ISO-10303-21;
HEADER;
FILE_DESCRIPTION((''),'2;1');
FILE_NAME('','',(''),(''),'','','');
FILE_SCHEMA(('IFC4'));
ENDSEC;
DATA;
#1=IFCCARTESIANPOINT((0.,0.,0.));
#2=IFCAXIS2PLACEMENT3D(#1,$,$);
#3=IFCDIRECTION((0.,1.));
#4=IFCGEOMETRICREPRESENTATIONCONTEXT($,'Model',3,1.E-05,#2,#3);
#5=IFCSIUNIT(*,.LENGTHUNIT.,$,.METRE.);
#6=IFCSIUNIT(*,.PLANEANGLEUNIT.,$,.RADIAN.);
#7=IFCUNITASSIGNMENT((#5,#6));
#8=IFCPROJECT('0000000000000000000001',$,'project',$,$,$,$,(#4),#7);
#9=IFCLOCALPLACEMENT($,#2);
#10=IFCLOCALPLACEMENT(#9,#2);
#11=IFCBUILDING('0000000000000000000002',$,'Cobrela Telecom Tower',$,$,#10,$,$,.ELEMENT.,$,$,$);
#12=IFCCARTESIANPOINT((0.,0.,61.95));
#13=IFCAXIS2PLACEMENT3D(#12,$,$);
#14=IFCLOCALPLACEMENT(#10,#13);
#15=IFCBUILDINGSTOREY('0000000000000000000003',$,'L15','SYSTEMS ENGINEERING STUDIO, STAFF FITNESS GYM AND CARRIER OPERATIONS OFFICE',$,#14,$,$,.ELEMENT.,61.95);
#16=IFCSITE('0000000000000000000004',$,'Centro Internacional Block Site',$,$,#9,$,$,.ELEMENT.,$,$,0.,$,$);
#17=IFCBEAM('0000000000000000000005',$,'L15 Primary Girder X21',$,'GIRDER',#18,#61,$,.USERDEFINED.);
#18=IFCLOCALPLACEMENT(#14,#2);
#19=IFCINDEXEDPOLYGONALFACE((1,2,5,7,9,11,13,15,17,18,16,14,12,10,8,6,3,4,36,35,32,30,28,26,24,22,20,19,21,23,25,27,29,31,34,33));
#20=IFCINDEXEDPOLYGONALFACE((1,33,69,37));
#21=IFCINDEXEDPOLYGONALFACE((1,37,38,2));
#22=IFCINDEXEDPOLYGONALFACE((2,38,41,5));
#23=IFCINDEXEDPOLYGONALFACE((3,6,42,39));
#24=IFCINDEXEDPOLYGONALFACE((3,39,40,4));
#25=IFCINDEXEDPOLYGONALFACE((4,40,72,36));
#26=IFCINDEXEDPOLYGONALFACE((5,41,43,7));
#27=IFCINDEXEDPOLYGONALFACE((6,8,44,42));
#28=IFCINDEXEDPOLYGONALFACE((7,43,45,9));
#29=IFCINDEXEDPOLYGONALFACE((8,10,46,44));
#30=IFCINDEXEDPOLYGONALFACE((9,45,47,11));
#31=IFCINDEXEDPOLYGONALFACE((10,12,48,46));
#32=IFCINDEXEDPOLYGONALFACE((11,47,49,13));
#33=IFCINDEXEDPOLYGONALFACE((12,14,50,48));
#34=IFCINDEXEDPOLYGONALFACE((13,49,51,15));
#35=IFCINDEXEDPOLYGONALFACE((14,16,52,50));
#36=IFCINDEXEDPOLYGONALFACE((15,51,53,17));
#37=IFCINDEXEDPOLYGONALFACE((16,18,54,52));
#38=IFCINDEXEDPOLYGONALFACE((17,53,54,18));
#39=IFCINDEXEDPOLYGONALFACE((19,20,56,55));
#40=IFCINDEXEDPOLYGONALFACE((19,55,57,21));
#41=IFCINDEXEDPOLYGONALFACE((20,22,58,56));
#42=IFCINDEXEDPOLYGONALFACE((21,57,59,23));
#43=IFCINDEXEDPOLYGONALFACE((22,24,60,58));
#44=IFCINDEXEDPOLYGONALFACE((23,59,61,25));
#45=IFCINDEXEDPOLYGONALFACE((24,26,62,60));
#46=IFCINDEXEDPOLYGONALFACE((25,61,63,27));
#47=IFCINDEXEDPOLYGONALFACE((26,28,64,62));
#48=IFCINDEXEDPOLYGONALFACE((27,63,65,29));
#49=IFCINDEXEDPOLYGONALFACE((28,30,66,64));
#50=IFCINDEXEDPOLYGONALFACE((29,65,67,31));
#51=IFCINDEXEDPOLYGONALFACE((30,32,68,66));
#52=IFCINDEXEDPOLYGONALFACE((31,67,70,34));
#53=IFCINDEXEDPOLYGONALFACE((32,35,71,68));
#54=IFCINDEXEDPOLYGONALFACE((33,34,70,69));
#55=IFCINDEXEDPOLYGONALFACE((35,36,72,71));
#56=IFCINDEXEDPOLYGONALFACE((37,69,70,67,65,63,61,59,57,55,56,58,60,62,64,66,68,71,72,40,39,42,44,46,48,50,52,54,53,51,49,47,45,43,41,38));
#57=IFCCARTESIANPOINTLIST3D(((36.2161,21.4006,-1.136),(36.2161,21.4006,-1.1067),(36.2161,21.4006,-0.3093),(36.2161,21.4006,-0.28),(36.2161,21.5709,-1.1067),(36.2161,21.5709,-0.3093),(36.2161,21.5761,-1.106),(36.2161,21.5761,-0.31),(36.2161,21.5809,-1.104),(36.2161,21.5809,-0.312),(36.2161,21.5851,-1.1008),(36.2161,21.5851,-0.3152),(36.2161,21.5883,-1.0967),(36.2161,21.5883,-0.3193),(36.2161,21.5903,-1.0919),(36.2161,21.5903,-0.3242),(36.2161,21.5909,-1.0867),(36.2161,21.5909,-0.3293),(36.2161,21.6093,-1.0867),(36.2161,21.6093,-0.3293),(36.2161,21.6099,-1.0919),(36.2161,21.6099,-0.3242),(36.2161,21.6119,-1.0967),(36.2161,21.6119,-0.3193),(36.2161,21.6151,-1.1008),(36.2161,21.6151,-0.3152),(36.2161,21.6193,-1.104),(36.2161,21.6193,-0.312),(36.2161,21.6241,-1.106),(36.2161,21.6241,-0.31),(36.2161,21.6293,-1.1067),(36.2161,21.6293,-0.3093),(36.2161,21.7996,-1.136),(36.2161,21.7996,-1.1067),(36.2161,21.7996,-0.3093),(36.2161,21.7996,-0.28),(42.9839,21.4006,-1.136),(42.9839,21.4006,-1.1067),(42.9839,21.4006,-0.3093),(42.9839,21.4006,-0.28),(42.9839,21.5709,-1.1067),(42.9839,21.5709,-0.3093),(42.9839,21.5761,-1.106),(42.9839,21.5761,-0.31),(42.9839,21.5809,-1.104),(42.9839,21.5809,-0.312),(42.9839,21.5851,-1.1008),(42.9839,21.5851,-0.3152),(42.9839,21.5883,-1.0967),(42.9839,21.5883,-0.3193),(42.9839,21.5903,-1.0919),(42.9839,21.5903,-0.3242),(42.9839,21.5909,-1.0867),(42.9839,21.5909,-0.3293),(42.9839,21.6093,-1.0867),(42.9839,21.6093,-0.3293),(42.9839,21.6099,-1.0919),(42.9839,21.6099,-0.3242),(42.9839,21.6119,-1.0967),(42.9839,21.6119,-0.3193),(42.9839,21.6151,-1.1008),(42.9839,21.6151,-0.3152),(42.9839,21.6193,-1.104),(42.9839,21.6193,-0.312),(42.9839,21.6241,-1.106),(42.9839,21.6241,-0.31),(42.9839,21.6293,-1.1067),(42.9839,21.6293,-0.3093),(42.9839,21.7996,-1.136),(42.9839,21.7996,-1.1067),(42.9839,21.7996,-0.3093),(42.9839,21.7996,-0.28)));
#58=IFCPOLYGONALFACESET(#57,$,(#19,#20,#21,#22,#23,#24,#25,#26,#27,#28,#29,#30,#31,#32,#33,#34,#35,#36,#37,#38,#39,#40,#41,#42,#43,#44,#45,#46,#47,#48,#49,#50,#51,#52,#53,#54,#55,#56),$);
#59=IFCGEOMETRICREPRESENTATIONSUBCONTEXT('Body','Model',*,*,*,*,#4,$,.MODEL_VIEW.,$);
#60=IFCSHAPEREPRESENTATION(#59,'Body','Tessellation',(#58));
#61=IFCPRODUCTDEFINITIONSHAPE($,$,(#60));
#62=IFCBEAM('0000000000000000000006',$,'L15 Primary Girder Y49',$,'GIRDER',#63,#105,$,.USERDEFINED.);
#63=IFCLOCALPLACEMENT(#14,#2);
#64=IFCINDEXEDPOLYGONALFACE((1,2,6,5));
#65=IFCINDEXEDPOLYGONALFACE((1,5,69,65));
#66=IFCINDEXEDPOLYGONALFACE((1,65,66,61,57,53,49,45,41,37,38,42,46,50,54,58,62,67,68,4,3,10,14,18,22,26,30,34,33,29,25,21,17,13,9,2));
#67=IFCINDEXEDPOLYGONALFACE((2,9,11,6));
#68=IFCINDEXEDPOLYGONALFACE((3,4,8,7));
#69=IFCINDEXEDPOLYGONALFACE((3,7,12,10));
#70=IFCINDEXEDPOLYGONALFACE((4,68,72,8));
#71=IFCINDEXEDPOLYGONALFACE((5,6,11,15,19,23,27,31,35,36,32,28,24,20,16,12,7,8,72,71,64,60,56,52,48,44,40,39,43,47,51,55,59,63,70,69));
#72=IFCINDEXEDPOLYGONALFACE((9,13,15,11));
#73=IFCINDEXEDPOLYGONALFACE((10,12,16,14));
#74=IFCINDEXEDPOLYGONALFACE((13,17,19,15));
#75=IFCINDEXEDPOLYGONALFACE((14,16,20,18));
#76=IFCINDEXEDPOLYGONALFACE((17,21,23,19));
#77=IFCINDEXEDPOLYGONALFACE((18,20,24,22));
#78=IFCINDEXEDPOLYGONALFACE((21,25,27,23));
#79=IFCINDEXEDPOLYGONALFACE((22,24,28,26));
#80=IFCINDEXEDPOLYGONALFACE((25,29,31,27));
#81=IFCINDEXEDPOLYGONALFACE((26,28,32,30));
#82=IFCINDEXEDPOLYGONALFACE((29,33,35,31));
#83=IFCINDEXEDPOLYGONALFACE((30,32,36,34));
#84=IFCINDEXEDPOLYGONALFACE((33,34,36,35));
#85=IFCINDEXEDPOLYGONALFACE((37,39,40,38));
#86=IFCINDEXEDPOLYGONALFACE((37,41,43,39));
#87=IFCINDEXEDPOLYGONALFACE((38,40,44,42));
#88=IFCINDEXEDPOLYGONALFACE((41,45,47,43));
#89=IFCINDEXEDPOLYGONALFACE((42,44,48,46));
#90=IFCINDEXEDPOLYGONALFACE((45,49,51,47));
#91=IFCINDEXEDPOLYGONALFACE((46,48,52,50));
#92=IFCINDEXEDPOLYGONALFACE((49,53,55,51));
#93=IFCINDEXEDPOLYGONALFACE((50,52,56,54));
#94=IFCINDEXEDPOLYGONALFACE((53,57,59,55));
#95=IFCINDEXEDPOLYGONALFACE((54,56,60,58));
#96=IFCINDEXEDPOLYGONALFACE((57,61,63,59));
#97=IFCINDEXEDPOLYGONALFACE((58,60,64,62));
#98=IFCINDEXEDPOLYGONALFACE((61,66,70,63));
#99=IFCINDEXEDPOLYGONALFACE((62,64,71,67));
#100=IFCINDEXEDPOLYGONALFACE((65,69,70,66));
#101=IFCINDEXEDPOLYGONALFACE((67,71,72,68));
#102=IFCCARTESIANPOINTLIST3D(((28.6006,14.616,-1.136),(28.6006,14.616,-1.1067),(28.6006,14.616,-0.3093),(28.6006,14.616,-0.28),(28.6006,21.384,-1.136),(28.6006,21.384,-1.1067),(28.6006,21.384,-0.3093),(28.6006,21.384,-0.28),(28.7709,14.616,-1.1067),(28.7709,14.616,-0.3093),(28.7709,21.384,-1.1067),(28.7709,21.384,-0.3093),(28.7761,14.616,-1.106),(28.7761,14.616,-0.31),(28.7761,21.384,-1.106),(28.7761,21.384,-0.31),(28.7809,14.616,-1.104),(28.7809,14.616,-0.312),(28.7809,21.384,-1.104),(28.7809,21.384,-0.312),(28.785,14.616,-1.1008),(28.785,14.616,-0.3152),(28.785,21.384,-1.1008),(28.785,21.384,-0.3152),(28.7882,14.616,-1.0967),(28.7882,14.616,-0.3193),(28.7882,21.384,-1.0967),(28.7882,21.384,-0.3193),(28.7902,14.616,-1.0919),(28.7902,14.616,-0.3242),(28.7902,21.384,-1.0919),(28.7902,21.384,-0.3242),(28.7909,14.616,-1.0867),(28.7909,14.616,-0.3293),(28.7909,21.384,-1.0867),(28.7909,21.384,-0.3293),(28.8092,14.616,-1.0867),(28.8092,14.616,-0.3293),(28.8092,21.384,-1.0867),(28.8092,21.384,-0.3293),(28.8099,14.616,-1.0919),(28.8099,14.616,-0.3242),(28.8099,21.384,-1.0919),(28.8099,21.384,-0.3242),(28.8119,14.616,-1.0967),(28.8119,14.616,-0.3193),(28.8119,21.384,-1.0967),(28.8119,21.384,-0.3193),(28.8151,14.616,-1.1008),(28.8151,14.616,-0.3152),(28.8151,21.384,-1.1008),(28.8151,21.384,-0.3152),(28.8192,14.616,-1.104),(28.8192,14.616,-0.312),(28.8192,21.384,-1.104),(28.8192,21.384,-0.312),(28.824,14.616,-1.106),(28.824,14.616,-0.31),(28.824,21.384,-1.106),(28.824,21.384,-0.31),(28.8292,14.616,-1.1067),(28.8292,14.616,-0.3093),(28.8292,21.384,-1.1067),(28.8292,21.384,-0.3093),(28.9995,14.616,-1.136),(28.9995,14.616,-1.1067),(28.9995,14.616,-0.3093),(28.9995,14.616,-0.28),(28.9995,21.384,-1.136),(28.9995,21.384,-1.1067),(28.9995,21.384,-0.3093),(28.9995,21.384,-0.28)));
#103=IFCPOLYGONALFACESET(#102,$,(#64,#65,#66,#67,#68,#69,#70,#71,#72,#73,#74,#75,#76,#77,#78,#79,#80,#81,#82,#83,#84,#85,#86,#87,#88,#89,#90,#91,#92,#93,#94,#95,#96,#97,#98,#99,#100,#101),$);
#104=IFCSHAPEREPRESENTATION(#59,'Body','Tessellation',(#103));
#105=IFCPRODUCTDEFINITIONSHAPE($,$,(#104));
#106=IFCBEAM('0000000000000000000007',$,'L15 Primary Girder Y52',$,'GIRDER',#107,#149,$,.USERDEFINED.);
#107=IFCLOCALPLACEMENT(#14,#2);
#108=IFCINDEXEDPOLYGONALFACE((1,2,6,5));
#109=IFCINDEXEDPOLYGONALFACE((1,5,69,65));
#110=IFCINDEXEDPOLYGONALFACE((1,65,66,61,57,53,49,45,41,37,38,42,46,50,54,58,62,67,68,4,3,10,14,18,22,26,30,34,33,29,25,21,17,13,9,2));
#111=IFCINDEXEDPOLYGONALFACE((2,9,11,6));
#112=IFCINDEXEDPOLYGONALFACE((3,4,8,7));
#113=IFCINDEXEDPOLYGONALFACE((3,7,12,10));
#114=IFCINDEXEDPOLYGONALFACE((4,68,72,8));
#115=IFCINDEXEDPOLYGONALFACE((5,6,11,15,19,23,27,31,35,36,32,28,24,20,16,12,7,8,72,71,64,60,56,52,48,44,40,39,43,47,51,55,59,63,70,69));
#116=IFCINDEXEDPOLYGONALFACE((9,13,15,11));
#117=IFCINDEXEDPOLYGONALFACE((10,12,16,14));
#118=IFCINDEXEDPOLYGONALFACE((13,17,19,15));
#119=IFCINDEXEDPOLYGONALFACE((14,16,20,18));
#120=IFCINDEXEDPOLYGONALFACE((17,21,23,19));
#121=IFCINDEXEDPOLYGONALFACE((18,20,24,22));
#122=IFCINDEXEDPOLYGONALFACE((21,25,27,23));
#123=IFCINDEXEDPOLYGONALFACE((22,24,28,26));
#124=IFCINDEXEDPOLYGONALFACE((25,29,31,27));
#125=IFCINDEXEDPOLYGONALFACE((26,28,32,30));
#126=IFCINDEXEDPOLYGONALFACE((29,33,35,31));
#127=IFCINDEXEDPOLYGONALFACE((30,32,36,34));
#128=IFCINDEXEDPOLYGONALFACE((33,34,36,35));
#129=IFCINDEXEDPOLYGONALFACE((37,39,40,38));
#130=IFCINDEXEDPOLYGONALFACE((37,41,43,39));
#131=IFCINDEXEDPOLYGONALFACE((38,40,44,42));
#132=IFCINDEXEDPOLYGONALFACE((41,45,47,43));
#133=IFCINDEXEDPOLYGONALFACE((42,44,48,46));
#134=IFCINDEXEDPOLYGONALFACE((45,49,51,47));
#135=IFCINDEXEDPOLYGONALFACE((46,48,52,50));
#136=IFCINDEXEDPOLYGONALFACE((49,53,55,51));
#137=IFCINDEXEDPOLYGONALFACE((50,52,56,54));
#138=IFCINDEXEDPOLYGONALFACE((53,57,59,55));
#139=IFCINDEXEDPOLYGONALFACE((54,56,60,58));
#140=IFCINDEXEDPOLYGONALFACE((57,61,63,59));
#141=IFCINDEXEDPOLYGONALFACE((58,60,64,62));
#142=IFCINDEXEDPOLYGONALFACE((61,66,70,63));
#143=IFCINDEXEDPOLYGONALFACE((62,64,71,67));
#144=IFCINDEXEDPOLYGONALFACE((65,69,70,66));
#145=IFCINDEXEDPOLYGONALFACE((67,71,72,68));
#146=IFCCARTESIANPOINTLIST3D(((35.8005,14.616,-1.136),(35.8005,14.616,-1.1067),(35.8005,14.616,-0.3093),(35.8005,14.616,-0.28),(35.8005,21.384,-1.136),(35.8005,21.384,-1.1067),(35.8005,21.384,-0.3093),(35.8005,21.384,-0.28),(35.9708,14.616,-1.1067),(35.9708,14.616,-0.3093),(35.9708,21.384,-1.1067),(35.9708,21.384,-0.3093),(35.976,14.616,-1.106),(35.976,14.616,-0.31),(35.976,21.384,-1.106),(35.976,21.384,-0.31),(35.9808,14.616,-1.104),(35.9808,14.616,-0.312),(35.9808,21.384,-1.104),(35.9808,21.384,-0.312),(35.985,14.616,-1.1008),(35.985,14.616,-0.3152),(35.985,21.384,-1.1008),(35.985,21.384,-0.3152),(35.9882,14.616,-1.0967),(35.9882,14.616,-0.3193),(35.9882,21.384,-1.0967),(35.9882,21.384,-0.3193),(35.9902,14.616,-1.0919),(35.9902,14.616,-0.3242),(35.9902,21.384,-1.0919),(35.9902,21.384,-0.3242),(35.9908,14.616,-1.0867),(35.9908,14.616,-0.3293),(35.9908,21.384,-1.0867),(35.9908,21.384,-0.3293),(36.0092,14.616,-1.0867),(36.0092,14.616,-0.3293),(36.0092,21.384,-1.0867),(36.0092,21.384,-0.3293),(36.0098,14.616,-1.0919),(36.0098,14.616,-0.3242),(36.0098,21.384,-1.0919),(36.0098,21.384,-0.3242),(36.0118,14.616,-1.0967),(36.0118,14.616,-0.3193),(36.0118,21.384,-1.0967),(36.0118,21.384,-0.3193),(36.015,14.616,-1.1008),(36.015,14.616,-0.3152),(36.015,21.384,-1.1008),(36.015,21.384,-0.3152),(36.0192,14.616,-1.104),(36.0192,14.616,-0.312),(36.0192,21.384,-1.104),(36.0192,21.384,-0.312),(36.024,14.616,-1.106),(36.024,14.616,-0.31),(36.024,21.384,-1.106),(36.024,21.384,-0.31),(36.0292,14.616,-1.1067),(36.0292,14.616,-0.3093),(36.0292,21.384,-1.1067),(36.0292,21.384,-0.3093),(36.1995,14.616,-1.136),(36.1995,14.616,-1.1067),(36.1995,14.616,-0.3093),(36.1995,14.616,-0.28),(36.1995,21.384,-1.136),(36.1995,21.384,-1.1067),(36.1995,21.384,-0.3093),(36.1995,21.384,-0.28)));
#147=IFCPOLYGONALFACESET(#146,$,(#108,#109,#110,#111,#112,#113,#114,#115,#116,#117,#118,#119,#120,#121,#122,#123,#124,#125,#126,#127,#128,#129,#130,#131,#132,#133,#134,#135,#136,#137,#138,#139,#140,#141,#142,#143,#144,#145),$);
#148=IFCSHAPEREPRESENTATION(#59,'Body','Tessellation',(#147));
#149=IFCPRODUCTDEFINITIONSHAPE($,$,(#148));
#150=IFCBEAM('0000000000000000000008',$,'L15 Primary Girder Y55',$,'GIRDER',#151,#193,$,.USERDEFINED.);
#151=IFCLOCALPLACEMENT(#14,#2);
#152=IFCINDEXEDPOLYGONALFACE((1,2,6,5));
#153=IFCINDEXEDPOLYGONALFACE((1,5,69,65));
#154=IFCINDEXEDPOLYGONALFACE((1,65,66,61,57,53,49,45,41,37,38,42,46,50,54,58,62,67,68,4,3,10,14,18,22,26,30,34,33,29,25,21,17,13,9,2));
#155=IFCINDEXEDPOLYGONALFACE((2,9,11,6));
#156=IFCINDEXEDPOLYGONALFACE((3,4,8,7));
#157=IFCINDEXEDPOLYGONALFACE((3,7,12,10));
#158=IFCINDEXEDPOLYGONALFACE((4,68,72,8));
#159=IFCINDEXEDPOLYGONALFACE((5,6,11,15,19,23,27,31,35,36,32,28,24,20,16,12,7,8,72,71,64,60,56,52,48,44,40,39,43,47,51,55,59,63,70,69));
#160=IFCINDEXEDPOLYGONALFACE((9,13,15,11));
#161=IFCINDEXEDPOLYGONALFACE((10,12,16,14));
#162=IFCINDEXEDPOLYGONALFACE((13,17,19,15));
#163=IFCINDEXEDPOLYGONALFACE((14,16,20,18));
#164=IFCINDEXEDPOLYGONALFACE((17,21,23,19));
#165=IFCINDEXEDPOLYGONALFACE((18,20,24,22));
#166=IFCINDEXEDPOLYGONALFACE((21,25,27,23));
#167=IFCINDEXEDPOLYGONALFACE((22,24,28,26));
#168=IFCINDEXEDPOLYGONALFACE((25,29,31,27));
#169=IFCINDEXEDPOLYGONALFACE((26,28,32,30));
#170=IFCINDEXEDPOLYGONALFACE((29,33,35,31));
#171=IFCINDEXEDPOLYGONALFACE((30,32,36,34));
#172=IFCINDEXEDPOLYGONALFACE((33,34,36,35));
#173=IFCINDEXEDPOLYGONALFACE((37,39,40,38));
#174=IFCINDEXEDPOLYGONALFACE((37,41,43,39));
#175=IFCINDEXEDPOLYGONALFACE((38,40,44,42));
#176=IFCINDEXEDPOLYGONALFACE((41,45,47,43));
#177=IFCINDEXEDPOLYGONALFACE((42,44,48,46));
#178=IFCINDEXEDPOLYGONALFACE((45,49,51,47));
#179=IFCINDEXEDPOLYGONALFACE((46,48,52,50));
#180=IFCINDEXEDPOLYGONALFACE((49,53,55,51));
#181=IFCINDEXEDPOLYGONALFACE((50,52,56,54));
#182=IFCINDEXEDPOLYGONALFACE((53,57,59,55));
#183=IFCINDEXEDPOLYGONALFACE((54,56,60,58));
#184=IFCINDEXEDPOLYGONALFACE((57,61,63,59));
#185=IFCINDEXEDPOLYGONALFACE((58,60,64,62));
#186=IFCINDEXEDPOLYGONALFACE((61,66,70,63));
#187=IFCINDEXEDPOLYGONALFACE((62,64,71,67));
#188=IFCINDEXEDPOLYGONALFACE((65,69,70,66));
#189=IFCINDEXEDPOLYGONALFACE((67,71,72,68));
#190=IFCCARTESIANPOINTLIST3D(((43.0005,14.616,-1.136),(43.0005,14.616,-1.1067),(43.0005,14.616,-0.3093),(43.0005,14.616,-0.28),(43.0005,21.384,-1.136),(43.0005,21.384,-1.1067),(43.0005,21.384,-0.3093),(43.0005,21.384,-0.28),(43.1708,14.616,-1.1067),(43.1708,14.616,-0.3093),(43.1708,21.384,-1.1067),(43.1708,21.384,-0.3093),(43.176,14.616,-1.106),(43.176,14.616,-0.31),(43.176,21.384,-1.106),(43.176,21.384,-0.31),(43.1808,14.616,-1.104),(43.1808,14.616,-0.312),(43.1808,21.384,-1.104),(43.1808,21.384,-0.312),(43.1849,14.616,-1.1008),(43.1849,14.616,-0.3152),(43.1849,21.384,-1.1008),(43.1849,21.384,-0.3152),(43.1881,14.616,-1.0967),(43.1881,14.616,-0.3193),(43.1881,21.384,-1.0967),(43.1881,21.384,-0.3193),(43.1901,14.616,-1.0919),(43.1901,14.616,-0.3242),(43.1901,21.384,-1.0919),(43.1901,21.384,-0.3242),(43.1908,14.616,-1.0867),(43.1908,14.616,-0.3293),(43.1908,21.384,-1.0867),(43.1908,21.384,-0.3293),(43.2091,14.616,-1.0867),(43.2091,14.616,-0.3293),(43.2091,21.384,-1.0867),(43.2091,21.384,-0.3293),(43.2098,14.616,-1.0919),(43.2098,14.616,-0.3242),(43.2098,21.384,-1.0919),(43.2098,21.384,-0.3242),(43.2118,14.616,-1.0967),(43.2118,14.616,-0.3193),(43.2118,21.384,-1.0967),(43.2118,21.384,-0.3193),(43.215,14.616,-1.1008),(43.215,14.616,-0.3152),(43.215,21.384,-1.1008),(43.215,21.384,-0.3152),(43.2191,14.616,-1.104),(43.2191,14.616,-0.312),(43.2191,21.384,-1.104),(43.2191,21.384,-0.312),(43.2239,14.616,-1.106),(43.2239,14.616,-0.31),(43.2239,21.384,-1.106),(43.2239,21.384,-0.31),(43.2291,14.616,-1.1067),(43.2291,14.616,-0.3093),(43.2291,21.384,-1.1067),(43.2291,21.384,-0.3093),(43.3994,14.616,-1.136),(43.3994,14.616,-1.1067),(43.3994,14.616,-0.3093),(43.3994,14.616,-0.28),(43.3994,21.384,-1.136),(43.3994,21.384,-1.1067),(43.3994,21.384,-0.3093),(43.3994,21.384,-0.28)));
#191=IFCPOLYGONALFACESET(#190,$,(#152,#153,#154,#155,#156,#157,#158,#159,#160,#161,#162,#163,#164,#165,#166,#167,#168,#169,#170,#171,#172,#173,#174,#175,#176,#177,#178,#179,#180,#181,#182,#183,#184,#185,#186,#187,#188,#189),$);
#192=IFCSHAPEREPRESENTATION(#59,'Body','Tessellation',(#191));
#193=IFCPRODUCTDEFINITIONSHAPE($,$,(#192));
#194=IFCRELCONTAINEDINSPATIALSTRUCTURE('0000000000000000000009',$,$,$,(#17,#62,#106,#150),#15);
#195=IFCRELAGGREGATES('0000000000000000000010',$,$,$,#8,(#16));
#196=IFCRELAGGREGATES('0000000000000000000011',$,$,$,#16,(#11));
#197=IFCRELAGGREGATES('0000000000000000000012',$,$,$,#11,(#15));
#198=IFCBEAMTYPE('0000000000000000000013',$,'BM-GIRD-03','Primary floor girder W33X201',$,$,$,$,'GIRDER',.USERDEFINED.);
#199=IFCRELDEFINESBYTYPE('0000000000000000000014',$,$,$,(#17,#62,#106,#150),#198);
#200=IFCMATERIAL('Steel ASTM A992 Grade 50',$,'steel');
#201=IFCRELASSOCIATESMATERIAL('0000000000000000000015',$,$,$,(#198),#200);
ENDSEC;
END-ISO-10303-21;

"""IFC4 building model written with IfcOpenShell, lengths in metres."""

from ifc_helpers import new_model, si_unit, direction, frame, origin, origin_2d, place, context, subcontext, project, spatial, i_section, extrude, material, material_profile, profile_set, type_object, element, save


model = new_model("IFC4")

# Units and contexts
model_context = context("Model", 3, precision=1e-05, world=origin(), true_north=direction((0.0, 1.0)))
body_context = subcontext(model_context, "Body", "Model", "MODEL_VIEW")
ifc_project = project(units=[si_unit("LENGTHUNIT", "METRE"), si_unit("PLANEANGLEUNIT", "RADIAN")], contexts=[model_context])

# Site, building, storey
site_placement = place(None, origin())
site = spatial("IfcSite", under=ifc_project, at=site_placement, Name="Centro Internacional Block Site", CompositionType="ELEMENT", RefElevation=0.0)
building_placement = place(site_placement, origin())
building = spatial("IfcBuilding", under=site, at=building_placement, Name="Cobrela Telecom Tower", CompositionType="ELEMENT")
storey_placement = place(building_placement, frame((0.0, 0.0, 61.95)))
storey = spatial("IfcBuildingStorey", under=building, at=storey_placement, Name="L15", Description="SYSTEMS ENGINEERING STUDIO, STAFF FITNESS GYM AND CARRIER OPERATIONS OFFICE", CompositionType="ELEMENT", Elevation=61.95)

# Shared definitions
ifc_material_1 = material(Name="Steel ASTM A992 Grade 50", Category="steel")

# Beams
ifc_material_profile_1 = material_profile(ifc_material_1, i_section(OverallWidth=0.3989, OverallDepth=0.856, WebThickness=0.0183, FlangeThickness=0.0293, FilletRadius=0.02, at=origin_2d()), Name="W33X201")
ifc_profile_set_1 = profile_set([ifc_material_profile_1], Name="Steel ASTM A992 Grade 50")
beam_type_1 = type_object("IfcBeamType", Name="BM-GIRD-03", Description="Primary floor girder W33X201", ElementType="GIRDER", PredefinedType="USERDEFINED", material=ifc_profile_set_1)
for number, where, z_axis, x_axis, name in (
    (1, (36.2161, 21.6001, -0.708), (1.0, 0.0, 0.0), (0.0, 1.0, 0.0), "L15 Primary Girder X21"),
):
    element("IfcBeam", number, at=place(storey_placement, frame(where, z_axis=z_axis, x_axis=x_axis)), inside=storey, type_object=beam_type_1, Name=name, ObjectType="GIRDER", PredefinedType="USERDEFINED", context=body_context, shape_type="SweptSolid", body=[
        extrude(i_section(OverallWidth=0.3989, OverallDepth=0.856, WebThickness=0.0183, FlangeThickness=0.0293, FilletRadius=0.02, at=origin_2d()), origin(), (0.0, 0.0, 1.0), 6.7678),
    ])
for number, where, z_axis, x_axis, name in (
    (2, (28.8, 14.616, -0.708), (0.0, 1.0, 0.0), (-1.0, 0.0, 0.0), "L15 Primary Girder Y49"),
    (3, (36.0, 14.616, -0.708), (0.0, 1.0, 0.0), (-1.0, 0.0, 0.0), "L15 Primary Girder Y52"),
    (4, (43.2, 14.616, -0.708), (0.0, 1.0, 0.0), (-1.0, 0.0, 0.0), "L15 Primary Girder Y55"),
):
    element("IfcBeam", number, at=place(storey_placement, frame(where, z_axis=z_axis, x_axis=x_axis)), inside=storey, type_object=beam_type_1, Name=name, ObjectType="GIRDER", PredefinedType="USERDEFINED", context=body_context, shape_type="SweptSolid", body=[
        extrude(i_section(OverallWidth=0.3989, OverallDepth=0.856, WebThickness=0.0183, FlangeThickness=0.0293, FilletRadius=0.02, at=origin_2d()), origin(), (0.0, 0.0, 1.0), 6.7681),
    ])

save(model, "model.ifc")
